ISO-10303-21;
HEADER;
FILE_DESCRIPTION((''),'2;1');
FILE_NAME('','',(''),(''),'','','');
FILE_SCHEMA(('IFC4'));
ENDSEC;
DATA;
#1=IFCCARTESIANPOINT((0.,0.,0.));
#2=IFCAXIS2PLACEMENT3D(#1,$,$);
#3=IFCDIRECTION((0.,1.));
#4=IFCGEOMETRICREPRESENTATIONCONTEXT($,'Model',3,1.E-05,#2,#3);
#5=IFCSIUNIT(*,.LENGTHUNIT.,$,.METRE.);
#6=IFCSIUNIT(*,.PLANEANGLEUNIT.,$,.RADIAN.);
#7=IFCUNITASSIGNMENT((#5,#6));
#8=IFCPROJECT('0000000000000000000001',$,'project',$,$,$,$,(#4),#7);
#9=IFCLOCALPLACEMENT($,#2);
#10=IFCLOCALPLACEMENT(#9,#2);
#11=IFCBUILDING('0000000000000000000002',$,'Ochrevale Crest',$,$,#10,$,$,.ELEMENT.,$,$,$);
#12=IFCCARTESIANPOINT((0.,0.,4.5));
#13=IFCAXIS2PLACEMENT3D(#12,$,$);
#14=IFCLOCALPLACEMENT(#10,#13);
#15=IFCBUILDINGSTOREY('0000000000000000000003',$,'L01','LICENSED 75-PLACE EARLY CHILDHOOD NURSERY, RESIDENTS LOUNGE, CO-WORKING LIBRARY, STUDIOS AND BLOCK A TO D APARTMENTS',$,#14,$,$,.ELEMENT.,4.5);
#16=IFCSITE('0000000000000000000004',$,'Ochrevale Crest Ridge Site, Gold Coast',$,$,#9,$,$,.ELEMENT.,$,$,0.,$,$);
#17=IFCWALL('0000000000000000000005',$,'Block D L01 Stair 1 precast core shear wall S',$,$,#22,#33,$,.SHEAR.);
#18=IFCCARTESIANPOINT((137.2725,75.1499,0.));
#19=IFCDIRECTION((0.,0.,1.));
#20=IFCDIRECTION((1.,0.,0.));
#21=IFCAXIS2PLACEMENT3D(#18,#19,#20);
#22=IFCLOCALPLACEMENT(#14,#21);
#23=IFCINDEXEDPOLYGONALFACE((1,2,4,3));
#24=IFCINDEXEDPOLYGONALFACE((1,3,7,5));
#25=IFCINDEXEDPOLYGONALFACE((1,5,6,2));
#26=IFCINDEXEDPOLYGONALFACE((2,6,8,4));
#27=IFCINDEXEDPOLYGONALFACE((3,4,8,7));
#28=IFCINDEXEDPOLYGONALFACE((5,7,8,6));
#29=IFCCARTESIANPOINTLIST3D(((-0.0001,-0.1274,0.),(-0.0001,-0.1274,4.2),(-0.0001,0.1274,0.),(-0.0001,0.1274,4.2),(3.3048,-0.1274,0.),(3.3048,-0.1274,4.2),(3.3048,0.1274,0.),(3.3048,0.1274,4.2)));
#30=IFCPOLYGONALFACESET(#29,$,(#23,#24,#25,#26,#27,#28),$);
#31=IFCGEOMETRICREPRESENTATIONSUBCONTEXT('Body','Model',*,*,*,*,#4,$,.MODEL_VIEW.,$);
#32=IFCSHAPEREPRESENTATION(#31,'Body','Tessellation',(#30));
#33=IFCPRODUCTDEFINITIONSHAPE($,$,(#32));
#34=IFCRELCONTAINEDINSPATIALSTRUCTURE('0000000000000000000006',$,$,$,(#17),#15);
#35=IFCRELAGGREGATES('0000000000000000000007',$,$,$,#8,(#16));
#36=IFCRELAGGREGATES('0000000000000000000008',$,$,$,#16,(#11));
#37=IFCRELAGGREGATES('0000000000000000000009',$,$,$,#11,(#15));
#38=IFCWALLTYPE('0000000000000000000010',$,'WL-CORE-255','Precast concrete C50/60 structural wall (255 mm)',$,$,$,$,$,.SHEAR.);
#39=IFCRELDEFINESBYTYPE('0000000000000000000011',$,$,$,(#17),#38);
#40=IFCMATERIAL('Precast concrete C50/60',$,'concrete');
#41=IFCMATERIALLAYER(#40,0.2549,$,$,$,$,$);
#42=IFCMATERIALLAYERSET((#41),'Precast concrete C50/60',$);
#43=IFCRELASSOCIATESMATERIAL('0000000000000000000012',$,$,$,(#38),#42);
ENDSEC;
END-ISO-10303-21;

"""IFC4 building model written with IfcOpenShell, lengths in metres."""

from ifc_helpers import new_model, si_unit, direction, frame, frame_2d, origin, place, context, subcontext, project, spatial, rectangle, extrude, material, layer, layer_set, type_object, element, save


model = new_model("IFC4")

# Units and contexts
model_context = context("Model", 3, precision=1e-05, world=origin(), true_north=direction((0.0, 1.0)))
body_context = subcontext(model_context, "Body", "Model", "MODEL_VIEW")
ifc_project = project(units=[si_unit("LENGTHUNIT", "METRE"), si_unit("PLANEANGLEUNIT", "RADIAN")], contexts=[model_context])

# Site, building, storey
site_placement = place(None, origin())
site = spatial("IfcSite", under=ifc_project, at=site_placement, Name="Ochrevale Crest Ridge Site, Gold Coast", CompositionType="ELEMENT", RefElevation=0.0)
building_placement = place(site_placement, origin())
building = spatial("IfcBuilding", under=site, at=building_placement, Name="Ochrevale Crest", CompositionType="ELEMENT")
storey_placement = place(building_placement, frame((0.0, 0.0, 4.5)))
storey = spatial("IfcBuildingStorey", under=building, at=storey_placement, Name="L01", Description="LICENSED 75-PLACE EARLY CHILDHOOD NURSERY, RESIDENTS LOUNGE, CO-WORKING LIBRARY, STUDIOS AND BLOCK A TO D APARTMENTS", CompositionType="ELEMENT", Elevation=4.5)

# Shared definitions
ifc_material_1 = material(Name="Precast concrete C50/60", Category="concrete")

# Wall
ifc_layer_1 = layer(ifc_material_1, 0.2549)
ifc_layer_set_1 = layer_set([ifc_layer_1], Name="Precast concrete C50/60")
wall_type_1 = type_object("IfcWallType", Name="WL-CORE-255", Description="Precast concrete C50/60 structural wall (255 mm)", PredefinedType="SHEAR", material=ifc_layer_set_1)
wall_1_placement = place(storey_placement, frame((137.2725, 75.1499, 0.0), z_axis=(0.0, 0.0, 1.0), x_axis=(1.0, 0.0, 0.0)))
element("IfcWall", 1, at=wall_1_placement, inside=storey, type_object=wall_type_1, Name="Block D L01 Stair 1 precast core shear wall S", PredefinedType="SHEAR", context=body_context, shape_type="SweptSolid", body=[
    extrude(rectangle(XDim=3.3049, YDim=0.2549, at=frame_2d((1.6523, 0.0))), origin(), (0.0, 0.0, 1.0), 4.2),
])

save(model, "model.ifc")
